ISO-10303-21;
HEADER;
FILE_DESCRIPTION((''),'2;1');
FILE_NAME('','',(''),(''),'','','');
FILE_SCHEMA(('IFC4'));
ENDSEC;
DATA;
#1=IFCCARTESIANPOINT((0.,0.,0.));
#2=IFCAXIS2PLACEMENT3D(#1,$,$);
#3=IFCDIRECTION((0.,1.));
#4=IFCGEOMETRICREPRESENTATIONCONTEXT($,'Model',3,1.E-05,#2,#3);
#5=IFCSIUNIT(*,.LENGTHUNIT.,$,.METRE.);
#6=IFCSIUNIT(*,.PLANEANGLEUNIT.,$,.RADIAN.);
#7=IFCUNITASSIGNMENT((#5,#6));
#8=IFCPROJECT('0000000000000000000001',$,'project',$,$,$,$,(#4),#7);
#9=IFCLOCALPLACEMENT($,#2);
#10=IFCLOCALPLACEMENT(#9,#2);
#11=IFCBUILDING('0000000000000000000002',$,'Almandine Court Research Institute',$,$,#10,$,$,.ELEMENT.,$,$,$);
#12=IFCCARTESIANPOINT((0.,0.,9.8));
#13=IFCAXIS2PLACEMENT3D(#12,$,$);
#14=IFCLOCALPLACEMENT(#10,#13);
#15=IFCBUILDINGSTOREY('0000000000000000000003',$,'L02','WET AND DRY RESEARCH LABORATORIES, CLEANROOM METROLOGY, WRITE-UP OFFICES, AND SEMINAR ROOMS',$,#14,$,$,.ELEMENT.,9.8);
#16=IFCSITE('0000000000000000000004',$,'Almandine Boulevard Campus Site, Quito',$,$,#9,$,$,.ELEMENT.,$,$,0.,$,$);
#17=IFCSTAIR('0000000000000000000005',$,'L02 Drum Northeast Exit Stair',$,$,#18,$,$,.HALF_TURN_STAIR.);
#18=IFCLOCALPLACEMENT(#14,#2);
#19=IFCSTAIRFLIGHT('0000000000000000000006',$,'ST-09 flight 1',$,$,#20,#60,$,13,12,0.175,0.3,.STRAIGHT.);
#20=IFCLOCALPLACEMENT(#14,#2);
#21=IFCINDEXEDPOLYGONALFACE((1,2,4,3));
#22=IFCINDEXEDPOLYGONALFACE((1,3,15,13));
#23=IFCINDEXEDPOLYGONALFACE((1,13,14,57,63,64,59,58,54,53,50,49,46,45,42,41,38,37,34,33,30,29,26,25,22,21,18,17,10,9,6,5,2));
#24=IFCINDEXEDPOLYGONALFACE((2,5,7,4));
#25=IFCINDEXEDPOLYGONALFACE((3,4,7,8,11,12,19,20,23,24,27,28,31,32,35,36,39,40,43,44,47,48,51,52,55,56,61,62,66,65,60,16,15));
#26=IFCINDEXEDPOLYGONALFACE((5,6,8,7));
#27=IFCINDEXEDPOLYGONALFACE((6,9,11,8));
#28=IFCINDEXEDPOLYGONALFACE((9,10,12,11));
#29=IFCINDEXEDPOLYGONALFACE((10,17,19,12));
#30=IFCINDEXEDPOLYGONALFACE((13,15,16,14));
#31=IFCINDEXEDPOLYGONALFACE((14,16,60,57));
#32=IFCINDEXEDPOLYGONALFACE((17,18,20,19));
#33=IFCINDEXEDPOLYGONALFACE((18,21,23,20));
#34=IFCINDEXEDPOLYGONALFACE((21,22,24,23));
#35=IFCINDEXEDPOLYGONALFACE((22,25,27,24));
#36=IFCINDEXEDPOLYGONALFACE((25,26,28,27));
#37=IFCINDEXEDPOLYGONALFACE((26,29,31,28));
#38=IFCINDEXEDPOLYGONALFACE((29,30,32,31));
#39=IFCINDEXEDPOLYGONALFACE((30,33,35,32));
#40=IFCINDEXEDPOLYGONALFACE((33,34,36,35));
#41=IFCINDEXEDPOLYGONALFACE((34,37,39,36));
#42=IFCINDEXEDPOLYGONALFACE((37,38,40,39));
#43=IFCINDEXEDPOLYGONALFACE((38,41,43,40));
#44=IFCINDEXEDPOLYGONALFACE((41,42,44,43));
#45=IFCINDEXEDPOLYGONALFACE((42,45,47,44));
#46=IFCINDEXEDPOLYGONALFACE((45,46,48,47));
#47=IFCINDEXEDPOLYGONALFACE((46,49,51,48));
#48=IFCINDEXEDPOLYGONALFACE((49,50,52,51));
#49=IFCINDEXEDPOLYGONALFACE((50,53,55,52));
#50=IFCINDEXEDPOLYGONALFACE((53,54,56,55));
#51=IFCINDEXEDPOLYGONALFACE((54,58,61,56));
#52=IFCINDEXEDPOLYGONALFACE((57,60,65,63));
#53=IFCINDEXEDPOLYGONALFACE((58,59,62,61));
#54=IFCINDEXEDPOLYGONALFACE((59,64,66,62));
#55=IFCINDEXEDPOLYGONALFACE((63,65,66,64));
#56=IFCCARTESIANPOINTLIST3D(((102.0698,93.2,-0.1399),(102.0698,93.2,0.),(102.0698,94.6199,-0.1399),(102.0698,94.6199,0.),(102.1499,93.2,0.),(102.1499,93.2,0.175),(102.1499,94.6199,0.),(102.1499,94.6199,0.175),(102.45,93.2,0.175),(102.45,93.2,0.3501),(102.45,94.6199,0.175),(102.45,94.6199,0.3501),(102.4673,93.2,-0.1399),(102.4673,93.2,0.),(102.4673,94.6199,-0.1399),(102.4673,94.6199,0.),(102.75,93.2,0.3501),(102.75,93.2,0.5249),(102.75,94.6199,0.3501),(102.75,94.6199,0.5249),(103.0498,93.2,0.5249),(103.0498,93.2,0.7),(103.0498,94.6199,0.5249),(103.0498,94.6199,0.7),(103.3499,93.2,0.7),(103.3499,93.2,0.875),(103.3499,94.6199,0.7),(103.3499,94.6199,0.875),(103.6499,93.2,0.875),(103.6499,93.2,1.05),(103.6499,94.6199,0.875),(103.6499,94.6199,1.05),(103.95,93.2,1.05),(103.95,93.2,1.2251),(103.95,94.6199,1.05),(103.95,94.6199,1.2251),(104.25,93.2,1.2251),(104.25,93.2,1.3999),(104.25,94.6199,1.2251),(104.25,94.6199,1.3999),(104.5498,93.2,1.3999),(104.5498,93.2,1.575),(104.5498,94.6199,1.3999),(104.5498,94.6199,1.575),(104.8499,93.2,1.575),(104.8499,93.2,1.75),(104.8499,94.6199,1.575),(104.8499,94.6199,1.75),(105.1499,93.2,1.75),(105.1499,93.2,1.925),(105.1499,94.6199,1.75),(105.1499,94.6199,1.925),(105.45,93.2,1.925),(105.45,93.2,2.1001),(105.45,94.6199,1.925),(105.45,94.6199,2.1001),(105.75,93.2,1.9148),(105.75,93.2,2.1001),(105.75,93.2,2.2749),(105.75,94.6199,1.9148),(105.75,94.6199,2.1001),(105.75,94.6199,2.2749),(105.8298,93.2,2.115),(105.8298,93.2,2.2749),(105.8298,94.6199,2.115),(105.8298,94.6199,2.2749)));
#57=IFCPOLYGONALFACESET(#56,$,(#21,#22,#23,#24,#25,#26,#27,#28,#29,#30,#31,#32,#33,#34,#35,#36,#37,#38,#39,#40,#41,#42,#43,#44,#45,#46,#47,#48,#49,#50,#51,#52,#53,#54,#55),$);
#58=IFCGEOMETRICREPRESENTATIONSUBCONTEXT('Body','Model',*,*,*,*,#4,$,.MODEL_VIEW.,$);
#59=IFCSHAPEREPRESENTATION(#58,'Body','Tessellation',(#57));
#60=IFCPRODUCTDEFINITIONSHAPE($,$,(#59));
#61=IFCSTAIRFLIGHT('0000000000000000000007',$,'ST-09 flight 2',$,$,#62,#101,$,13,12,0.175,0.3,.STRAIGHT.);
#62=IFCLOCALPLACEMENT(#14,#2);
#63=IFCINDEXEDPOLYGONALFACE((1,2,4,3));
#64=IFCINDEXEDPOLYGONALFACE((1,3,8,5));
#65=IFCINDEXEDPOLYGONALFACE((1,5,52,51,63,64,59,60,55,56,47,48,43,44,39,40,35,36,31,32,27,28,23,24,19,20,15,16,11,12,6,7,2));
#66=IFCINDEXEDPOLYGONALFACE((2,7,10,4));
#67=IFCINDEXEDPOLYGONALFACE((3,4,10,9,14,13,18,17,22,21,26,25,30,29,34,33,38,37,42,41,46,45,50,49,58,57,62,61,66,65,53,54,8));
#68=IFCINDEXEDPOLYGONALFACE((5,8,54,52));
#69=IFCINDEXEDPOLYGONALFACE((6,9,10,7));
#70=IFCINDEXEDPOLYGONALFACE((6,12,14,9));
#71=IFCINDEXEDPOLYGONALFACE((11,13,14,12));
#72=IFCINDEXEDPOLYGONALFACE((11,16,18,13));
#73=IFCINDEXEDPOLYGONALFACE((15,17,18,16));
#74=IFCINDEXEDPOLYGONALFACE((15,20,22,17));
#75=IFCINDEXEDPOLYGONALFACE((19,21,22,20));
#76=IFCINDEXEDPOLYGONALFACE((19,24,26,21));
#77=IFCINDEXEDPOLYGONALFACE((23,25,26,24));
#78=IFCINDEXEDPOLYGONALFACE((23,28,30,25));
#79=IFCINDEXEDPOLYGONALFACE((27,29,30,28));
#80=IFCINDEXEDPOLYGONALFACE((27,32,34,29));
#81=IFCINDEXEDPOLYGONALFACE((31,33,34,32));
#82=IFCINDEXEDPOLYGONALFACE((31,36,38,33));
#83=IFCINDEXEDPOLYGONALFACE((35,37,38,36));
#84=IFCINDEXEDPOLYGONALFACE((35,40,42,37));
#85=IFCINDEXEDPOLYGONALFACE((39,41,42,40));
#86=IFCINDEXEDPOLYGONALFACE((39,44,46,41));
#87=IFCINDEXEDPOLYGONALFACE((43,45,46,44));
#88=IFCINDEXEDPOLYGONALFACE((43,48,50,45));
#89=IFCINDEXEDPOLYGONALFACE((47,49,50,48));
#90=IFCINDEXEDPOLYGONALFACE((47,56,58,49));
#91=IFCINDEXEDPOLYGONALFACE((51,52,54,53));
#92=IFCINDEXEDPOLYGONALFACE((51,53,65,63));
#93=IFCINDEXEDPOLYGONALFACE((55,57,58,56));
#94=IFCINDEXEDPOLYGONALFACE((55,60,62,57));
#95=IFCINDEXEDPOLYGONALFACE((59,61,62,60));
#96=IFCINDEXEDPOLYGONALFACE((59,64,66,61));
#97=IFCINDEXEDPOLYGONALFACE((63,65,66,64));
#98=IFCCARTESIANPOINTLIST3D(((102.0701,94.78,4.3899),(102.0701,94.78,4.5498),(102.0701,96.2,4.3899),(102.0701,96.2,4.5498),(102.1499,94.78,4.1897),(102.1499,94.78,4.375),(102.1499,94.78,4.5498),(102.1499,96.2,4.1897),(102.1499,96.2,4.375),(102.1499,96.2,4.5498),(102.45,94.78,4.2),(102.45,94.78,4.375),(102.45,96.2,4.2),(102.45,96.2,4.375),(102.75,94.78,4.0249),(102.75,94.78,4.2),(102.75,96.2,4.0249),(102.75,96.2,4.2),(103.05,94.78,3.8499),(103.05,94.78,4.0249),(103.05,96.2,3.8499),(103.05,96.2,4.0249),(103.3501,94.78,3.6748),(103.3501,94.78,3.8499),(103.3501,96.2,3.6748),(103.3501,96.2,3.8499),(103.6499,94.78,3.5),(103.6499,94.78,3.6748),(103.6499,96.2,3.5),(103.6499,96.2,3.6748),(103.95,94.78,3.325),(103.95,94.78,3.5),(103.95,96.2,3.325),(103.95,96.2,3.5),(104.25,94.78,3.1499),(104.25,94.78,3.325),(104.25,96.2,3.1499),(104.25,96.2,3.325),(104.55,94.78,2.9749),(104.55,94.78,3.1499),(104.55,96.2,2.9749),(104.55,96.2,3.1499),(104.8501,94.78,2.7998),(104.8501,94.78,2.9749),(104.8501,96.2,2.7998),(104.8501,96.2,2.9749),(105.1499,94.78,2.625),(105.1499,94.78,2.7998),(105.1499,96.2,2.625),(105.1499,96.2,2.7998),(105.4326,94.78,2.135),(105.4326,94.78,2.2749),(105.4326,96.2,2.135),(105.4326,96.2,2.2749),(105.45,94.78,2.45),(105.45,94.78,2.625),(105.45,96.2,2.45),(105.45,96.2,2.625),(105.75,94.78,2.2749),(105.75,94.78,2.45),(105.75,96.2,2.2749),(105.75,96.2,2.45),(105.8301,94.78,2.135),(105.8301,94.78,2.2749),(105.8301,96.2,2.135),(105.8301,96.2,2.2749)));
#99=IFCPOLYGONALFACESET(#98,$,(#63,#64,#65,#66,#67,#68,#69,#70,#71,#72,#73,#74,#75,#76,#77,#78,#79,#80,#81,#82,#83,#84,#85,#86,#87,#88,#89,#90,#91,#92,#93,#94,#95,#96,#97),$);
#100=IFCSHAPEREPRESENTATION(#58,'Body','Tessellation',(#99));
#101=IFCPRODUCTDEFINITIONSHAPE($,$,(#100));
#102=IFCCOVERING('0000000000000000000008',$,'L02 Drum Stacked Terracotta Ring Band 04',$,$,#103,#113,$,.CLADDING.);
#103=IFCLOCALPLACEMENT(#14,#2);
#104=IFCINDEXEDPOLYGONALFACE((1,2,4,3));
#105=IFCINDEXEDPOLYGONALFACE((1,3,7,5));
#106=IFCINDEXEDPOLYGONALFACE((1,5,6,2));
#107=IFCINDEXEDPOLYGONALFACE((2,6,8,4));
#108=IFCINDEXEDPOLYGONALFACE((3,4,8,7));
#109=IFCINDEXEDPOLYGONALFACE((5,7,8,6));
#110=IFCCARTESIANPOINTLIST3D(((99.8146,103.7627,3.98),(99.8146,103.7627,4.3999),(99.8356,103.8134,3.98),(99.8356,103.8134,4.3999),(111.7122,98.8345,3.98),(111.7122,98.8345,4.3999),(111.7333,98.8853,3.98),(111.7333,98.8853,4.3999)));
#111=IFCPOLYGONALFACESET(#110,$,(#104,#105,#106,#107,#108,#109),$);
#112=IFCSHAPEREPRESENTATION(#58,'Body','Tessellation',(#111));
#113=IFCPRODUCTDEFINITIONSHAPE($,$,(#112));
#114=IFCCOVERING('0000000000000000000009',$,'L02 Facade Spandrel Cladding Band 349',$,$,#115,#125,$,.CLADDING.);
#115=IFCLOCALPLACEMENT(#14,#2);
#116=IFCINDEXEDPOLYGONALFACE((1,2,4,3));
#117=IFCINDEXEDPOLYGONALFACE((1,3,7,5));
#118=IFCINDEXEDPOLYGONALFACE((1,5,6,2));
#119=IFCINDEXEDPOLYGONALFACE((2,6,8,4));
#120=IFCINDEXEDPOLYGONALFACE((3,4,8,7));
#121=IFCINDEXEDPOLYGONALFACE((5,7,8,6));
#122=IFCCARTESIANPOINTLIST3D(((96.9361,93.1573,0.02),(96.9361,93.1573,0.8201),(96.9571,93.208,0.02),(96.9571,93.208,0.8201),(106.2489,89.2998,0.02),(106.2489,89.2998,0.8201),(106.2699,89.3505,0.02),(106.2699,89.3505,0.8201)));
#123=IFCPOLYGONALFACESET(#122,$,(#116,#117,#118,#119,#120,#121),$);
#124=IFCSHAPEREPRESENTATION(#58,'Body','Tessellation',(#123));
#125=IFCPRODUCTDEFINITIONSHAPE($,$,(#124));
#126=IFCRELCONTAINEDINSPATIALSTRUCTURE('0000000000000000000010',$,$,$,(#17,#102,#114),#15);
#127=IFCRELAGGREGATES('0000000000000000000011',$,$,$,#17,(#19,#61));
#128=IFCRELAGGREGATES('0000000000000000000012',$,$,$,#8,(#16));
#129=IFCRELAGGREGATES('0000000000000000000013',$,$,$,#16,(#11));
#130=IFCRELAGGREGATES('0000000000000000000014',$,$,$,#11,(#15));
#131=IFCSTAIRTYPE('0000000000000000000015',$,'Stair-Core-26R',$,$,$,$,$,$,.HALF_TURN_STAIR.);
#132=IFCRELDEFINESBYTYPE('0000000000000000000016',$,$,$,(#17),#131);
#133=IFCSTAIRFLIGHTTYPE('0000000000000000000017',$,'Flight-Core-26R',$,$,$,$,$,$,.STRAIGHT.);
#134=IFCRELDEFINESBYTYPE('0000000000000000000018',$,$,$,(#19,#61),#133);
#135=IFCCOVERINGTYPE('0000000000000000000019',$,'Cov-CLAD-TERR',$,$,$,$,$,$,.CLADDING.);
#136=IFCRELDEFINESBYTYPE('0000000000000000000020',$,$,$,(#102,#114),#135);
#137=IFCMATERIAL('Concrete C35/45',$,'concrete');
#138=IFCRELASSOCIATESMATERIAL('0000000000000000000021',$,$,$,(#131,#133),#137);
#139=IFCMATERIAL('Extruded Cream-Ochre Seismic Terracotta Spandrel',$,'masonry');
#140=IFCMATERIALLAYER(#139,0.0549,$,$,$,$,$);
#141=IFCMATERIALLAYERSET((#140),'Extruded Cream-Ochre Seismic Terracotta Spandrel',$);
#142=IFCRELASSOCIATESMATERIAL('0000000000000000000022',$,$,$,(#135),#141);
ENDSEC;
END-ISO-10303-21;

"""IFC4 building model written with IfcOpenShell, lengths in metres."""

from ifc_helpers import new_model, si_unit, direction, frame, origin, origin_2d, place, context, subcontext, project, spatial, polyline, rectangle, outline, extrude, material, layer, layer_set, type_object, element, aggregate, save


model = new_model("IFC4")

# Units and contexts
model_context = context("Model", 3, precision=1e-05, world=origin(), true_north=direction((0.0, 1.0)))
body_context = subcontext(model_context, "Body", "Model", "MODEL_VIEW")
ifc_project = project(units=[si_unit("LENGTHUNIT", "METRE"), si_unit("PLANEANGLEUNIT", "RADIAN")], contexts=[model_context])

# Site, building, storey
site_placement = place(None, origin())
site = spatial("IfcSite", under=ifc_project, at=site_placement, Name="Almandine Boulevard Campus Site, Quito", CompositionType="ELEMENT", RefElevation=0.0)
building_placement = place(site_placement, origin())
building = spatial("IfcBuilding", under=site, at=building_placement, Name="Almandine Court Research Institute", CompositionType="ELEMENT")
storey_placement = place(building_placement, frame((0.0, 0.0, 9.8)))
storey = spatial("IfcBuildingStorey", under=building, at=storey_placement, Name="L02", Description="WET AND DRY RESEARCH LABORATORIES, CLEANROOM METROLOGY, WRITE-UP OFFICES, AND SEMINAR ROOMS", CompositionType="ELEMENT", Elevation=9.8)

# Stair, stair flights
ifc_material_1 = material(Name="Concrete C35/45", Category="concrete")
stair_type = type_object("IfcStairType", Name="Stair-Core-26R", PredefinedType="HALF_TURN_STAIR", material=ifc_material_1)
stair_placement = place(storey_placement, origin())
stair = element("IfcStair", 1, at=stair_placement, inside=storey, type_object=stair_type, Name="L02 Drum Northeast Exit Stair", PredefinedType="HALF_TURN_STAIR")
stair_flight_type = type_object("IfcStairFlightType", Name="Flight-Core-26R", PredefinedType="STRAIGHT", material=ifc_material_1)
stair_flight_1_placement = place(storey_placement, frame((102.1499, 93.9099, 0.0), z_axis=(0.0, 0.0, 1.0), x_axis=(1.0, 0.0, 0.0)))
stair_flight_1 = element("IfcStairFlight", 2, at=stair_flight_1_placement, type_object=stair_flight_type, Name="ST-09 flight 1", NumberOfRisers=13, NumberOfTreads=12, PredefinedType="STRAIGHT", RiserHeight=0.175, TreadLength=0.3, context=body_context, shape_type="SweptSolid", body=[
    extrude(outline(polyline([(-0.0801, -0.1399), (-0.0801, 0.0), (0.0, 0.0), (0.0, 0.175), (0.3, 0.175), (0.3, 0.3501), (0.6001, 0.3501), (0.6001, 0.5249), (0.8999, 0.5249), (0.8999, 0.7), (1.2, 0.7), (1.2, 0.875), (1.5, 0.875), (1.5, 1.05), (1.8, 1.05), (1.8, 1.2251), (2.1001, 1.2251), (2.1001, 1.3999), (2.3999, 1.3999), (2.3999, 1.575), (2.7, 1.575), (2.7, 1.75), (3.0, 1.75), (3.0, 1.925), (3.3, 1.925), (3.3, 2.1001), (3.6001, 2.1001), (3.6001, 2.2749), (3.6799, 2.2749), (3.6799, 2.115), (3.6001, 1.9148), (0.3174, 0.0), (0.3174, -0.1399), (-0.0801, -0.1399)])), frame((0.0, 0.71, 0.0), z_axis=(0.0, -1.0, 0.0), x_axis=(1.0, 0.0, 0.0)), (0.0, 0.0, 1.0), 1.4199),
])
stair_flight_2_placement = place(storey_placement, frame((105.75, 95.49, 2.2749), z_axis=(0.0, 0.0, 1.0), x_axis=(-1.0, 0.0, 0.0)))
stair_flight_2 = element("IfcStairFlight", 3, at=stair_flight_2_placement, type_object=stair_flight_type, Name="ST-09 flight 2", NumberOfRisers=13, NumberOfTreads=12, PredefinedType="STRAIGHT", RiserHeight=0.175, TreadLength=0.3, context=body_context, shape_type="SweptSolid", body=[
    extrude(outline(polyline([(-0.0801, -0.1399), (-0.0801, 0.0), (0.0, 0.0), (0.0, 0.175), (0.3, 0.175), (0.3, 0.3501), (0.6001, 0.3501), (0.6001, 0.5249), (0.8999, 0.5249), (0.8999, 0.7), (1.2, 0.7), (1.2, 0.875), (1.5, 0.875), (1.5, 1.05), (1.8, 1.05), (1.8, 1.2251), (2.1001, 1.2251), (2.1001, 1.3999), (2.3999, 1.3999), (2.3999, 1.575), (2.7, 1.575), (2.7, 1.75), (3.0, 1.75), (3.0, 1.925), (3.3, 1.925), (3.3, 2.1001), (3.6001, 2.1001), (3.6001, 2.2749), (3.6799, 2.2749), (3.6799, 2.115), (3.6001, 1.9148), (0.3174, 0.0), (0.3174, -0.1399), (-0.0801, -0.1399)])), frame((0.0, 0.71, 0.0), z_axis=(0.0, -1.0, 0.0), x_axis=(1.0, 0.0, 0.0)), (0.0, 0.0, 1.0), 1.4199),
])
aggregate(stair, [stair_flight_1, stair_flight_2])

# Coverings
ifc_material_2 = material(Name="Extruded Cream-Ochre Seismic Terracotta Spandrel", Category="masonry")
ifc_layer_1 = layer(ifc_material_2, 0.0549)
ifc_layer_set_1 = layer_set([ifc_layer_1], Name="Extruded Cream-Ochre Seismic Terracotta Spandrel")
covering_type = type_object("IfcCoveringType", Name="Cov-CLAD-TERR", PredefinedType="CLADDING", material=ifc_layer_set_1)
covering_1_placement = place(storey_placement, frame((105.7739, 101.324, 3.98), z_axis=(0.0, 0.0, 1.0), x_axis=(0.92388, -0.382683, 0.0)))
element("IfcCovering", 4, at=covering_1_placement, inside=storey, type_object=covering_type, Name="L02 Drum Stacked Terracotta Ring Band 04", PredefinedType="CLADDING", context=body_context, shape_type="SweptSolid", body=[
    extrude(rectangle(XDim=12.8779, YDim=0.0549, at=origin_2d()), origin(), (0.0, 0.0, 1.0), 0.4199),
])
covering_2_placement = place(storey_placement, frame((101.603, 91.2539, 0.02), z_axis=(0.0, 0.0, 1.0), x_axis=(-0.92388, 0.382683, 0.0)))
element("IfcCovering", 5, at=covering_2_placement, inside=storey, type_object=covering_type, Name="L02 Facade Spandrel Cladding Band 349", PredefinedType="CLADDING", context=body_context, shape_type="SweptSolid", body=[
    extrude(rectangle(XDim=10.0801, YDim=0.0549, at=origin_2d()), origin(), (0.0, 0.0, 1.0), 0.8),
])

save(model, "model.ifc")
